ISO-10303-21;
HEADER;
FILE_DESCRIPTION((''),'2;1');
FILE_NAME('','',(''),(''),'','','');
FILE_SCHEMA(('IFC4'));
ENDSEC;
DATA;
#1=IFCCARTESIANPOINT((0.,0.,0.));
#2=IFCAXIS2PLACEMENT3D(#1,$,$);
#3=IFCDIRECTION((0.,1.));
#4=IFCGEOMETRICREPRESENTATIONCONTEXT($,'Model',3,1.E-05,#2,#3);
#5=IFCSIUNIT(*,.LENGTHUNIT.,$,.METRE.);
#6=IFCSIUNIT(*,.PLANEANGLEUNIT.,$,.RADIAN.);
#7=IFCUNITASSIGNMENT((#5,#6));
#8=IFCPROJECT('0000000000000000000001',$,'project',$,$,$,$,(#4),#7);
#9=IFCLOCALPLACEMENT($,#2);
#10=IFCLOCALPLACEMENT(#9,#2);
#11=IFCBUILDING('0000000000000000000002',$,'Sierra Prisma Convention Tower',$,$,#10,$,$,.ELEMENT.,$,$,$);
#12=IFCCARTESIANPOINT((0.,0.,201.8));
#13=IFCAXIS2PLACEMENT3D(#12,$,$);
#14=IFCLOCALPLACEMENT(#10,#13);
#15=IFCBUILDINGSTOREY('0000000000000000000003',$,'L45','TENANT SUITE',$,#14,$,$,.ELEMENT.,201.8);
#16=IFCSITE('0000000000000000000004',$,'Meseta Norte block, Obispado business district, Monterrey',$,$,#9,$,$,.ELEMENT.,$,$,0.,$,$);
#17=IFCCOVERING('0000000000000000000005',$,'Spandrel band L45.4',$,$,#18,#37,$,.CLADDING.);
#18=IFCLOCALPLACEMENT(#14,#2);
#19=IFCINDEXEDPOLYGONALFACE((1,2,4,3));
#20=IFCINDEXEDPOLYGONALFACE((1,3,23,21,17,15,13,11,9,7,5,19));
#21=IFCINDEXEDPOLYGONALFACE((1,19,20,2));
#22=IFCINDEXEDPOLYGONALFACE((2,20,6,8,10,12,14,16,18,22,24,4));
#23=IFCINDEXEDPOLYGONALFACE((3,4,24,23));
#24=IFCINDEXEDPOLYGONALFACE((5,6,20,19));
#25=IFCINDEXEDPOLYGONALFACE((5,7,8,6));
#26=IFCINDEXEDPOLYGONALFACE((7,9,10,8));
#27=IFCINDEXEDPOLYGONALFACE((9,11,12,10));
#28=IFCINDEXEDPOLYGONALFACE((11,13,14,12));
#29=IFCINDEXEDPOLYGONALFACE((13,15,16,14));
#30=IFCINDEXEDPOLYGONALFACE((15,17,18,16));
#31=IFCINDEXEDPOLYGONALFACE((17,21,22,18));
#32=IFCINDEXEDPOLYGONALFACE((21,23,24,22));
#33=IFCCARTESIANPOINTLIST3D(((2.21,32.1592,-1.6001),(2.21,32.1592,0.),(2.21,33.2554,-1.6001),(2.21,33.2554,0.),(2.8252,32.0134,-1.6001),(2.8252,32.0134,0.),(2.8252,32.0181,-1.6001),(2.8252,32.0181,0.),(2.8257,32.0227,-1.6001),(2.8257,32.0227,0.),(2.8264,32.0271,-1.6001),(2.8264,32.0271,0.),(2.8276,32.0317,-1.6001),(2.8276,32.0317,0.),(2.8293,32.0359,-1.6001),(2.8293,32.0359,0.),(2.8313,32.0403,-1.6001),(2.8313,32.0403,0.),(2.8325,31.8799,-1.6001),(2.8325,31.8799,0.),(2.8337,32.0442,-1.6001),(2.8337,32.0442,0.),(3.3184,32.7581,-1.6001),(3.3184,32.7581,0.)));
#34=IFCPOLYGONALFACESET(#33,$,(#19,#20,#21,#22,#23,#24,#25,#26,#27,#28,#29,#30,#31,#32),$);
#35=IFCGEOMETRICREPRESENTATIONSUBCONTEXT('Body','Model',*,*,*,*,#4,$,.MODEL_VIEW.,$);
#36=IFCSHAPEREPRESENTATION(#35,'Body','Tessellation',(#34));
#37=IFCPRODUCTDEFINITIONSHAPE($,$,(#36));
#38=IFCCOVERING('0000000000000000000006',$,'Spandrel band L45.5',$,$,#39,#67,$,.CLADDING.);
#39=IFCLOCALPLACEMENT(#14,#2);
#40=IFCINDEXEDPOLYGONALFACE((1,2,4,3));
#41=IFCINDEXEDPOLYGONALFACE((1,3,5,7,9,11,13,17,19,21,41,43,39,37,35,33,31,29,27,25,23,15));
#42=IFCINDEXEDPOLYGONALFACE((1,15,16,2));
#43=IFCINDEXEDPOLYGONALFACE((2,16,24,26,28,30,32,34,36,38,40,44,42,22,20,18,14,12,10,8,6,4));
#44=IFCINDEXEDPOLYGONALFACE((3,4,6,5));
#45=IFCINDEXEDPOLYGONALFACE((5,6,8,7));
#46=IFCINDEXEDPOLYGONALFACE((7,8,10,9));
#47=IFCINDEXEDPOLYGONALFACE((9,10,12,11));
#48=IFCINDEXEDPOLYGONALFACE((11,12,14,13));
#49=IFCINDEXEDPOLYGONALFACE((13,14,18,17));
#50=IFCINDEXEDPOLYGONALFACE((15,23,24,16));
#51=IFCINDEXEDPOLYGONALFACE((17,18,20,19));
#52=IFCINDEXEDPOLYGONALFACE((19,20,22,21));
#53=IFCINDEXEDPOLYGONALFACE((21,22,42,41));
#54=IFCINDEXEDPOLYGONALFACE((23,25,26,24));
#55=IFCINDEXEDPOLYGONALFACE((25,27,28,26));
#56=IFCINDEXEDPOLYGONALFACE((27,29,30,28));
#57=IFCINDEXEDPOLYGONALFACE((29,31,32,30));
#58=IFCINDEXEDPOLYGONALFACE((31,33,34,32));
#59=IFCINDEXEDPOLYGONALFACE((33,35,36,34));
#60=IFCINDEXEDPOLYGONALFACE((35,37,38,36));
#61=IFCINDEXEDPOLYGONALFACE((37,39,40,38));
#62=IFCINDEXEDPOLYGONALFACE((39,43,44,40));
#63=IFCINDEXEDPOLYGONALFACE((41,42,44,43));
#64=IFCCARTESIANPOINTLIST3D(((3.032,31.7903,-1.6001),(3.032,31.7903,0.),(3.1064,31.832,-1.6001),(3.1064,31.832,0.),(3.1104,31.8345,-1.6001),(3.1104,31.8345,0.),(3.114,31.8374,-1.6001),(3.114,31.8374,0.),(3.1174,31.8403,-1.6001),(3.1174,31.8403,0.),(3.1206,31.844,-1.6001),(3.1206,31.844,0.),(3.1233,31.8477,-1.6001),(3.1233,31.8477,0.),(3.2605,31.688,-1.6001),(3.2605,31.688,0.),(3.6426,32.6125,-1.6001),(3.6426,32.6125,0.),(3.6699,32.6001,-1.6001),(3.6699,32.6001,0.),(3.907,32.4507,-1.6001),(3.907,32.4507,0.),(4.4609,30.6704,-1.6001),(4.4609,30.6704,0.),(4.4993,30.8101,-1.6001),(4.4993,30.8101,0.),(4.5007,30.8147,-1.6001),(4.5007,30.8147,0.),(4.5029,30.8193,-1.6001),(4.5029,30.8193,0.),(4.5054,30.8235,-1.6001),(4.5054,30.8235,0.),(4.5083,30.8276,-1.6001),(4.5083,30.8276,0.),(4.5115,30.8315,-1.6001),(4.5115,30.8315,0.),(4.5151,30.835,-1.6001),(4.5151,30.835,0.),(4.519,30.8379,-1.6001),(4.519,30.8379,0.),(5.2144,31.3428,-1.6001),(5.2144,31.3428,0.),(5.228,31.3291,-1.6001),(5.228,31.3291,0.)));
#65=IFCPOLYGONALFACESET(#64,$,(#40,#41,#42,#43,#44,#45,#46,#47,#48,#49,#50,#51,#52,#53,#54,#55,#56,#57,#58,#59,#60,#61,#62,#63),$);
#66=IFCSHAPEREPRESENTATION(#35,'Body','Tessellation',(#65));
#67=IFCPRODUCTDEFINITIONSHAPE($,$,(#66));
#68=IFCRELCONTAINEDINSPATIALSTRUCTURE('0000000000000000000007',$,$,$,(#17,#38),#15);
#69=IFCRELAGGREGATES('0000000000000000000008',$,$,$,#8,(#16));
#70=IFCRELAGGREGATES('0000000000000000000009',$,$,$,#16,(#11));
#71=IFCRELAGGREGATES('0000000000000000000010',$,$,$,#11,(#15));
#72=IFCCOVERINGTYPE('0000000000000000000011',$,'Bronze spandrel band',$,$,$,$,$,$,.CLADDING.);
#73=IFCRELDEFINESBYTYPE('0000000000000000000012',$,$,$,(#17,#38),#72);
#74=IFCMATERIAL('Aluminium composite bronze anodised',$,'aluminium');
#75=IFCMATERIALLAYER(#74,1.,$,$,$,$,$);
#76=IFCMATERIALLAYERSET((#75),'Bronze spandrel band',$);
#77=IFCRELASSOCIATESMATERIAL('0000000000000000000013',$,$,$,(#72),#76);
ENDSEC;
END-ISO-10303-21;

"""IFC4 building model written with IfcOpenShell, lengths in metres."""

from ifc_helpers import new_model, si_unit, direction, frame, origin, place, context, subcontext, project, spatial, polyline, outline, extrude, material, layer, layer_set, type_object, element, save


model = new_model("IFC4")

# Units and contexts
model_context = context("Model", 3, precision=1e-05, world=origin(), true_north=direction((0.0, 1.0)))
body_context = subcontext(model_context, "Body", "Model", "MODEL_VIEW")
ifc_project = project(units=[si_unit("LENGTHUNIT", "METRE"), si_unit("PLANEANGLEUNIT", "RADIAN")], contexts=[model_context])

# Site, building, storey
site_placement = place(None, origin())
site = spatial("IfcSite", under=ifc_project, at=site_placement, Name="Meseta Norte block, Obispado business district, Monterrey", CompositionType="ELEMENT", RefElevation=0.0)
building_placement = place(site_placement, origin())
building = spatial("IfcBuilding", under=site, at=building_placement, Name="Sierra Prisma Convention Tower", CompositionType="ELEMENT")
storey_placement = place(building_placement, frame((0.0, 0.0, 201.8)))
storey = spatial("IfcBuildingStorey", under=building, at=storey_placement, Name="L45", Description="TENANT SUITE", CompositionType="ELEMENT", Elevation=201.8)

# Coverings
ifc_material_1 = material(Name="Aluminium composite bronze anodised", Category="aluminium")
ifc_layer_1 = layer(ifc_material_1, 1.0)
ifc_layer_set_1 = layer_set([ifc_layer_1], Name="Bronze spandrel band")
covering_type_1 = type_object("IfcCoveringType", Name="Bronze spandrel band", PredefinedType="CLADDING", material=ifc_layer_set_1)
covering_1_placement = place(storey_placement, frame((0.0, 0.0, -1.6001)))
element("IfcCovering", 1, at=covering_1_placement, inside=storey, type_object=covering_type_1, Name="Spandrel band L45.4", PredefinedType="CLADDING", context=body_context, shape_type="SweptSolid", body=[
    extrude(outline(polyline([(2.8293, 32.0359), (2.8276, 32.0317), (2.8264, 32.0271), (2.8257, 32.0227), (2.8252, 32.0181), (2.8252, 32.0134), (2.8325, 31.8799), (2.21, 32.1592), (2.21, 33.2554), (3.3184, 32.7581), (2.8337, 32.0442), (2.8313, 32.0403), (2.8293, 32.0359)])), origin(), (0.0, 0.0, 1.0), 1.6001),
])
covering_2_placement = place(storey_placement, frame((0.0, 0.0, -1.6001)))
element("IfcCovering", 2, at=covering_2_placement, inside=storey, type_object=covering_type_1, Name="Spandrel band L45.5", PredefinedType="CLADDING", context=body_context, shape_type="SweptSolid", body=[
    extrude(outline(polyline([(4.5115, 30.8315), (4.5083, 30.8276), (4.5054, 30.8235), (4.5029, 30.8193), (4.5007, 30.8147), (4.4993, 30.8101), (4.4609, 30.6704), (3.2605, 31.688), (3.032, 31.7903), (3.1064, 31.832), (3.1104, 31.8345), (3.114, 31.8374), (3.1174, 31.8403), (3.1206, 31.844), (3.1233, 31.8477), (3.6426, 32.6125), (3.6699, 32.6001), (3.907, 32.4507), (5.2144, 31.3428), (5.228, 31.3291), (4.519, 30.8379), (4.5151, 30.835), (4.5115, 30.8315)])), origin(), (0.0, 0.0, 1.0), 1.6001),
])

save(model, "model.ifc")
